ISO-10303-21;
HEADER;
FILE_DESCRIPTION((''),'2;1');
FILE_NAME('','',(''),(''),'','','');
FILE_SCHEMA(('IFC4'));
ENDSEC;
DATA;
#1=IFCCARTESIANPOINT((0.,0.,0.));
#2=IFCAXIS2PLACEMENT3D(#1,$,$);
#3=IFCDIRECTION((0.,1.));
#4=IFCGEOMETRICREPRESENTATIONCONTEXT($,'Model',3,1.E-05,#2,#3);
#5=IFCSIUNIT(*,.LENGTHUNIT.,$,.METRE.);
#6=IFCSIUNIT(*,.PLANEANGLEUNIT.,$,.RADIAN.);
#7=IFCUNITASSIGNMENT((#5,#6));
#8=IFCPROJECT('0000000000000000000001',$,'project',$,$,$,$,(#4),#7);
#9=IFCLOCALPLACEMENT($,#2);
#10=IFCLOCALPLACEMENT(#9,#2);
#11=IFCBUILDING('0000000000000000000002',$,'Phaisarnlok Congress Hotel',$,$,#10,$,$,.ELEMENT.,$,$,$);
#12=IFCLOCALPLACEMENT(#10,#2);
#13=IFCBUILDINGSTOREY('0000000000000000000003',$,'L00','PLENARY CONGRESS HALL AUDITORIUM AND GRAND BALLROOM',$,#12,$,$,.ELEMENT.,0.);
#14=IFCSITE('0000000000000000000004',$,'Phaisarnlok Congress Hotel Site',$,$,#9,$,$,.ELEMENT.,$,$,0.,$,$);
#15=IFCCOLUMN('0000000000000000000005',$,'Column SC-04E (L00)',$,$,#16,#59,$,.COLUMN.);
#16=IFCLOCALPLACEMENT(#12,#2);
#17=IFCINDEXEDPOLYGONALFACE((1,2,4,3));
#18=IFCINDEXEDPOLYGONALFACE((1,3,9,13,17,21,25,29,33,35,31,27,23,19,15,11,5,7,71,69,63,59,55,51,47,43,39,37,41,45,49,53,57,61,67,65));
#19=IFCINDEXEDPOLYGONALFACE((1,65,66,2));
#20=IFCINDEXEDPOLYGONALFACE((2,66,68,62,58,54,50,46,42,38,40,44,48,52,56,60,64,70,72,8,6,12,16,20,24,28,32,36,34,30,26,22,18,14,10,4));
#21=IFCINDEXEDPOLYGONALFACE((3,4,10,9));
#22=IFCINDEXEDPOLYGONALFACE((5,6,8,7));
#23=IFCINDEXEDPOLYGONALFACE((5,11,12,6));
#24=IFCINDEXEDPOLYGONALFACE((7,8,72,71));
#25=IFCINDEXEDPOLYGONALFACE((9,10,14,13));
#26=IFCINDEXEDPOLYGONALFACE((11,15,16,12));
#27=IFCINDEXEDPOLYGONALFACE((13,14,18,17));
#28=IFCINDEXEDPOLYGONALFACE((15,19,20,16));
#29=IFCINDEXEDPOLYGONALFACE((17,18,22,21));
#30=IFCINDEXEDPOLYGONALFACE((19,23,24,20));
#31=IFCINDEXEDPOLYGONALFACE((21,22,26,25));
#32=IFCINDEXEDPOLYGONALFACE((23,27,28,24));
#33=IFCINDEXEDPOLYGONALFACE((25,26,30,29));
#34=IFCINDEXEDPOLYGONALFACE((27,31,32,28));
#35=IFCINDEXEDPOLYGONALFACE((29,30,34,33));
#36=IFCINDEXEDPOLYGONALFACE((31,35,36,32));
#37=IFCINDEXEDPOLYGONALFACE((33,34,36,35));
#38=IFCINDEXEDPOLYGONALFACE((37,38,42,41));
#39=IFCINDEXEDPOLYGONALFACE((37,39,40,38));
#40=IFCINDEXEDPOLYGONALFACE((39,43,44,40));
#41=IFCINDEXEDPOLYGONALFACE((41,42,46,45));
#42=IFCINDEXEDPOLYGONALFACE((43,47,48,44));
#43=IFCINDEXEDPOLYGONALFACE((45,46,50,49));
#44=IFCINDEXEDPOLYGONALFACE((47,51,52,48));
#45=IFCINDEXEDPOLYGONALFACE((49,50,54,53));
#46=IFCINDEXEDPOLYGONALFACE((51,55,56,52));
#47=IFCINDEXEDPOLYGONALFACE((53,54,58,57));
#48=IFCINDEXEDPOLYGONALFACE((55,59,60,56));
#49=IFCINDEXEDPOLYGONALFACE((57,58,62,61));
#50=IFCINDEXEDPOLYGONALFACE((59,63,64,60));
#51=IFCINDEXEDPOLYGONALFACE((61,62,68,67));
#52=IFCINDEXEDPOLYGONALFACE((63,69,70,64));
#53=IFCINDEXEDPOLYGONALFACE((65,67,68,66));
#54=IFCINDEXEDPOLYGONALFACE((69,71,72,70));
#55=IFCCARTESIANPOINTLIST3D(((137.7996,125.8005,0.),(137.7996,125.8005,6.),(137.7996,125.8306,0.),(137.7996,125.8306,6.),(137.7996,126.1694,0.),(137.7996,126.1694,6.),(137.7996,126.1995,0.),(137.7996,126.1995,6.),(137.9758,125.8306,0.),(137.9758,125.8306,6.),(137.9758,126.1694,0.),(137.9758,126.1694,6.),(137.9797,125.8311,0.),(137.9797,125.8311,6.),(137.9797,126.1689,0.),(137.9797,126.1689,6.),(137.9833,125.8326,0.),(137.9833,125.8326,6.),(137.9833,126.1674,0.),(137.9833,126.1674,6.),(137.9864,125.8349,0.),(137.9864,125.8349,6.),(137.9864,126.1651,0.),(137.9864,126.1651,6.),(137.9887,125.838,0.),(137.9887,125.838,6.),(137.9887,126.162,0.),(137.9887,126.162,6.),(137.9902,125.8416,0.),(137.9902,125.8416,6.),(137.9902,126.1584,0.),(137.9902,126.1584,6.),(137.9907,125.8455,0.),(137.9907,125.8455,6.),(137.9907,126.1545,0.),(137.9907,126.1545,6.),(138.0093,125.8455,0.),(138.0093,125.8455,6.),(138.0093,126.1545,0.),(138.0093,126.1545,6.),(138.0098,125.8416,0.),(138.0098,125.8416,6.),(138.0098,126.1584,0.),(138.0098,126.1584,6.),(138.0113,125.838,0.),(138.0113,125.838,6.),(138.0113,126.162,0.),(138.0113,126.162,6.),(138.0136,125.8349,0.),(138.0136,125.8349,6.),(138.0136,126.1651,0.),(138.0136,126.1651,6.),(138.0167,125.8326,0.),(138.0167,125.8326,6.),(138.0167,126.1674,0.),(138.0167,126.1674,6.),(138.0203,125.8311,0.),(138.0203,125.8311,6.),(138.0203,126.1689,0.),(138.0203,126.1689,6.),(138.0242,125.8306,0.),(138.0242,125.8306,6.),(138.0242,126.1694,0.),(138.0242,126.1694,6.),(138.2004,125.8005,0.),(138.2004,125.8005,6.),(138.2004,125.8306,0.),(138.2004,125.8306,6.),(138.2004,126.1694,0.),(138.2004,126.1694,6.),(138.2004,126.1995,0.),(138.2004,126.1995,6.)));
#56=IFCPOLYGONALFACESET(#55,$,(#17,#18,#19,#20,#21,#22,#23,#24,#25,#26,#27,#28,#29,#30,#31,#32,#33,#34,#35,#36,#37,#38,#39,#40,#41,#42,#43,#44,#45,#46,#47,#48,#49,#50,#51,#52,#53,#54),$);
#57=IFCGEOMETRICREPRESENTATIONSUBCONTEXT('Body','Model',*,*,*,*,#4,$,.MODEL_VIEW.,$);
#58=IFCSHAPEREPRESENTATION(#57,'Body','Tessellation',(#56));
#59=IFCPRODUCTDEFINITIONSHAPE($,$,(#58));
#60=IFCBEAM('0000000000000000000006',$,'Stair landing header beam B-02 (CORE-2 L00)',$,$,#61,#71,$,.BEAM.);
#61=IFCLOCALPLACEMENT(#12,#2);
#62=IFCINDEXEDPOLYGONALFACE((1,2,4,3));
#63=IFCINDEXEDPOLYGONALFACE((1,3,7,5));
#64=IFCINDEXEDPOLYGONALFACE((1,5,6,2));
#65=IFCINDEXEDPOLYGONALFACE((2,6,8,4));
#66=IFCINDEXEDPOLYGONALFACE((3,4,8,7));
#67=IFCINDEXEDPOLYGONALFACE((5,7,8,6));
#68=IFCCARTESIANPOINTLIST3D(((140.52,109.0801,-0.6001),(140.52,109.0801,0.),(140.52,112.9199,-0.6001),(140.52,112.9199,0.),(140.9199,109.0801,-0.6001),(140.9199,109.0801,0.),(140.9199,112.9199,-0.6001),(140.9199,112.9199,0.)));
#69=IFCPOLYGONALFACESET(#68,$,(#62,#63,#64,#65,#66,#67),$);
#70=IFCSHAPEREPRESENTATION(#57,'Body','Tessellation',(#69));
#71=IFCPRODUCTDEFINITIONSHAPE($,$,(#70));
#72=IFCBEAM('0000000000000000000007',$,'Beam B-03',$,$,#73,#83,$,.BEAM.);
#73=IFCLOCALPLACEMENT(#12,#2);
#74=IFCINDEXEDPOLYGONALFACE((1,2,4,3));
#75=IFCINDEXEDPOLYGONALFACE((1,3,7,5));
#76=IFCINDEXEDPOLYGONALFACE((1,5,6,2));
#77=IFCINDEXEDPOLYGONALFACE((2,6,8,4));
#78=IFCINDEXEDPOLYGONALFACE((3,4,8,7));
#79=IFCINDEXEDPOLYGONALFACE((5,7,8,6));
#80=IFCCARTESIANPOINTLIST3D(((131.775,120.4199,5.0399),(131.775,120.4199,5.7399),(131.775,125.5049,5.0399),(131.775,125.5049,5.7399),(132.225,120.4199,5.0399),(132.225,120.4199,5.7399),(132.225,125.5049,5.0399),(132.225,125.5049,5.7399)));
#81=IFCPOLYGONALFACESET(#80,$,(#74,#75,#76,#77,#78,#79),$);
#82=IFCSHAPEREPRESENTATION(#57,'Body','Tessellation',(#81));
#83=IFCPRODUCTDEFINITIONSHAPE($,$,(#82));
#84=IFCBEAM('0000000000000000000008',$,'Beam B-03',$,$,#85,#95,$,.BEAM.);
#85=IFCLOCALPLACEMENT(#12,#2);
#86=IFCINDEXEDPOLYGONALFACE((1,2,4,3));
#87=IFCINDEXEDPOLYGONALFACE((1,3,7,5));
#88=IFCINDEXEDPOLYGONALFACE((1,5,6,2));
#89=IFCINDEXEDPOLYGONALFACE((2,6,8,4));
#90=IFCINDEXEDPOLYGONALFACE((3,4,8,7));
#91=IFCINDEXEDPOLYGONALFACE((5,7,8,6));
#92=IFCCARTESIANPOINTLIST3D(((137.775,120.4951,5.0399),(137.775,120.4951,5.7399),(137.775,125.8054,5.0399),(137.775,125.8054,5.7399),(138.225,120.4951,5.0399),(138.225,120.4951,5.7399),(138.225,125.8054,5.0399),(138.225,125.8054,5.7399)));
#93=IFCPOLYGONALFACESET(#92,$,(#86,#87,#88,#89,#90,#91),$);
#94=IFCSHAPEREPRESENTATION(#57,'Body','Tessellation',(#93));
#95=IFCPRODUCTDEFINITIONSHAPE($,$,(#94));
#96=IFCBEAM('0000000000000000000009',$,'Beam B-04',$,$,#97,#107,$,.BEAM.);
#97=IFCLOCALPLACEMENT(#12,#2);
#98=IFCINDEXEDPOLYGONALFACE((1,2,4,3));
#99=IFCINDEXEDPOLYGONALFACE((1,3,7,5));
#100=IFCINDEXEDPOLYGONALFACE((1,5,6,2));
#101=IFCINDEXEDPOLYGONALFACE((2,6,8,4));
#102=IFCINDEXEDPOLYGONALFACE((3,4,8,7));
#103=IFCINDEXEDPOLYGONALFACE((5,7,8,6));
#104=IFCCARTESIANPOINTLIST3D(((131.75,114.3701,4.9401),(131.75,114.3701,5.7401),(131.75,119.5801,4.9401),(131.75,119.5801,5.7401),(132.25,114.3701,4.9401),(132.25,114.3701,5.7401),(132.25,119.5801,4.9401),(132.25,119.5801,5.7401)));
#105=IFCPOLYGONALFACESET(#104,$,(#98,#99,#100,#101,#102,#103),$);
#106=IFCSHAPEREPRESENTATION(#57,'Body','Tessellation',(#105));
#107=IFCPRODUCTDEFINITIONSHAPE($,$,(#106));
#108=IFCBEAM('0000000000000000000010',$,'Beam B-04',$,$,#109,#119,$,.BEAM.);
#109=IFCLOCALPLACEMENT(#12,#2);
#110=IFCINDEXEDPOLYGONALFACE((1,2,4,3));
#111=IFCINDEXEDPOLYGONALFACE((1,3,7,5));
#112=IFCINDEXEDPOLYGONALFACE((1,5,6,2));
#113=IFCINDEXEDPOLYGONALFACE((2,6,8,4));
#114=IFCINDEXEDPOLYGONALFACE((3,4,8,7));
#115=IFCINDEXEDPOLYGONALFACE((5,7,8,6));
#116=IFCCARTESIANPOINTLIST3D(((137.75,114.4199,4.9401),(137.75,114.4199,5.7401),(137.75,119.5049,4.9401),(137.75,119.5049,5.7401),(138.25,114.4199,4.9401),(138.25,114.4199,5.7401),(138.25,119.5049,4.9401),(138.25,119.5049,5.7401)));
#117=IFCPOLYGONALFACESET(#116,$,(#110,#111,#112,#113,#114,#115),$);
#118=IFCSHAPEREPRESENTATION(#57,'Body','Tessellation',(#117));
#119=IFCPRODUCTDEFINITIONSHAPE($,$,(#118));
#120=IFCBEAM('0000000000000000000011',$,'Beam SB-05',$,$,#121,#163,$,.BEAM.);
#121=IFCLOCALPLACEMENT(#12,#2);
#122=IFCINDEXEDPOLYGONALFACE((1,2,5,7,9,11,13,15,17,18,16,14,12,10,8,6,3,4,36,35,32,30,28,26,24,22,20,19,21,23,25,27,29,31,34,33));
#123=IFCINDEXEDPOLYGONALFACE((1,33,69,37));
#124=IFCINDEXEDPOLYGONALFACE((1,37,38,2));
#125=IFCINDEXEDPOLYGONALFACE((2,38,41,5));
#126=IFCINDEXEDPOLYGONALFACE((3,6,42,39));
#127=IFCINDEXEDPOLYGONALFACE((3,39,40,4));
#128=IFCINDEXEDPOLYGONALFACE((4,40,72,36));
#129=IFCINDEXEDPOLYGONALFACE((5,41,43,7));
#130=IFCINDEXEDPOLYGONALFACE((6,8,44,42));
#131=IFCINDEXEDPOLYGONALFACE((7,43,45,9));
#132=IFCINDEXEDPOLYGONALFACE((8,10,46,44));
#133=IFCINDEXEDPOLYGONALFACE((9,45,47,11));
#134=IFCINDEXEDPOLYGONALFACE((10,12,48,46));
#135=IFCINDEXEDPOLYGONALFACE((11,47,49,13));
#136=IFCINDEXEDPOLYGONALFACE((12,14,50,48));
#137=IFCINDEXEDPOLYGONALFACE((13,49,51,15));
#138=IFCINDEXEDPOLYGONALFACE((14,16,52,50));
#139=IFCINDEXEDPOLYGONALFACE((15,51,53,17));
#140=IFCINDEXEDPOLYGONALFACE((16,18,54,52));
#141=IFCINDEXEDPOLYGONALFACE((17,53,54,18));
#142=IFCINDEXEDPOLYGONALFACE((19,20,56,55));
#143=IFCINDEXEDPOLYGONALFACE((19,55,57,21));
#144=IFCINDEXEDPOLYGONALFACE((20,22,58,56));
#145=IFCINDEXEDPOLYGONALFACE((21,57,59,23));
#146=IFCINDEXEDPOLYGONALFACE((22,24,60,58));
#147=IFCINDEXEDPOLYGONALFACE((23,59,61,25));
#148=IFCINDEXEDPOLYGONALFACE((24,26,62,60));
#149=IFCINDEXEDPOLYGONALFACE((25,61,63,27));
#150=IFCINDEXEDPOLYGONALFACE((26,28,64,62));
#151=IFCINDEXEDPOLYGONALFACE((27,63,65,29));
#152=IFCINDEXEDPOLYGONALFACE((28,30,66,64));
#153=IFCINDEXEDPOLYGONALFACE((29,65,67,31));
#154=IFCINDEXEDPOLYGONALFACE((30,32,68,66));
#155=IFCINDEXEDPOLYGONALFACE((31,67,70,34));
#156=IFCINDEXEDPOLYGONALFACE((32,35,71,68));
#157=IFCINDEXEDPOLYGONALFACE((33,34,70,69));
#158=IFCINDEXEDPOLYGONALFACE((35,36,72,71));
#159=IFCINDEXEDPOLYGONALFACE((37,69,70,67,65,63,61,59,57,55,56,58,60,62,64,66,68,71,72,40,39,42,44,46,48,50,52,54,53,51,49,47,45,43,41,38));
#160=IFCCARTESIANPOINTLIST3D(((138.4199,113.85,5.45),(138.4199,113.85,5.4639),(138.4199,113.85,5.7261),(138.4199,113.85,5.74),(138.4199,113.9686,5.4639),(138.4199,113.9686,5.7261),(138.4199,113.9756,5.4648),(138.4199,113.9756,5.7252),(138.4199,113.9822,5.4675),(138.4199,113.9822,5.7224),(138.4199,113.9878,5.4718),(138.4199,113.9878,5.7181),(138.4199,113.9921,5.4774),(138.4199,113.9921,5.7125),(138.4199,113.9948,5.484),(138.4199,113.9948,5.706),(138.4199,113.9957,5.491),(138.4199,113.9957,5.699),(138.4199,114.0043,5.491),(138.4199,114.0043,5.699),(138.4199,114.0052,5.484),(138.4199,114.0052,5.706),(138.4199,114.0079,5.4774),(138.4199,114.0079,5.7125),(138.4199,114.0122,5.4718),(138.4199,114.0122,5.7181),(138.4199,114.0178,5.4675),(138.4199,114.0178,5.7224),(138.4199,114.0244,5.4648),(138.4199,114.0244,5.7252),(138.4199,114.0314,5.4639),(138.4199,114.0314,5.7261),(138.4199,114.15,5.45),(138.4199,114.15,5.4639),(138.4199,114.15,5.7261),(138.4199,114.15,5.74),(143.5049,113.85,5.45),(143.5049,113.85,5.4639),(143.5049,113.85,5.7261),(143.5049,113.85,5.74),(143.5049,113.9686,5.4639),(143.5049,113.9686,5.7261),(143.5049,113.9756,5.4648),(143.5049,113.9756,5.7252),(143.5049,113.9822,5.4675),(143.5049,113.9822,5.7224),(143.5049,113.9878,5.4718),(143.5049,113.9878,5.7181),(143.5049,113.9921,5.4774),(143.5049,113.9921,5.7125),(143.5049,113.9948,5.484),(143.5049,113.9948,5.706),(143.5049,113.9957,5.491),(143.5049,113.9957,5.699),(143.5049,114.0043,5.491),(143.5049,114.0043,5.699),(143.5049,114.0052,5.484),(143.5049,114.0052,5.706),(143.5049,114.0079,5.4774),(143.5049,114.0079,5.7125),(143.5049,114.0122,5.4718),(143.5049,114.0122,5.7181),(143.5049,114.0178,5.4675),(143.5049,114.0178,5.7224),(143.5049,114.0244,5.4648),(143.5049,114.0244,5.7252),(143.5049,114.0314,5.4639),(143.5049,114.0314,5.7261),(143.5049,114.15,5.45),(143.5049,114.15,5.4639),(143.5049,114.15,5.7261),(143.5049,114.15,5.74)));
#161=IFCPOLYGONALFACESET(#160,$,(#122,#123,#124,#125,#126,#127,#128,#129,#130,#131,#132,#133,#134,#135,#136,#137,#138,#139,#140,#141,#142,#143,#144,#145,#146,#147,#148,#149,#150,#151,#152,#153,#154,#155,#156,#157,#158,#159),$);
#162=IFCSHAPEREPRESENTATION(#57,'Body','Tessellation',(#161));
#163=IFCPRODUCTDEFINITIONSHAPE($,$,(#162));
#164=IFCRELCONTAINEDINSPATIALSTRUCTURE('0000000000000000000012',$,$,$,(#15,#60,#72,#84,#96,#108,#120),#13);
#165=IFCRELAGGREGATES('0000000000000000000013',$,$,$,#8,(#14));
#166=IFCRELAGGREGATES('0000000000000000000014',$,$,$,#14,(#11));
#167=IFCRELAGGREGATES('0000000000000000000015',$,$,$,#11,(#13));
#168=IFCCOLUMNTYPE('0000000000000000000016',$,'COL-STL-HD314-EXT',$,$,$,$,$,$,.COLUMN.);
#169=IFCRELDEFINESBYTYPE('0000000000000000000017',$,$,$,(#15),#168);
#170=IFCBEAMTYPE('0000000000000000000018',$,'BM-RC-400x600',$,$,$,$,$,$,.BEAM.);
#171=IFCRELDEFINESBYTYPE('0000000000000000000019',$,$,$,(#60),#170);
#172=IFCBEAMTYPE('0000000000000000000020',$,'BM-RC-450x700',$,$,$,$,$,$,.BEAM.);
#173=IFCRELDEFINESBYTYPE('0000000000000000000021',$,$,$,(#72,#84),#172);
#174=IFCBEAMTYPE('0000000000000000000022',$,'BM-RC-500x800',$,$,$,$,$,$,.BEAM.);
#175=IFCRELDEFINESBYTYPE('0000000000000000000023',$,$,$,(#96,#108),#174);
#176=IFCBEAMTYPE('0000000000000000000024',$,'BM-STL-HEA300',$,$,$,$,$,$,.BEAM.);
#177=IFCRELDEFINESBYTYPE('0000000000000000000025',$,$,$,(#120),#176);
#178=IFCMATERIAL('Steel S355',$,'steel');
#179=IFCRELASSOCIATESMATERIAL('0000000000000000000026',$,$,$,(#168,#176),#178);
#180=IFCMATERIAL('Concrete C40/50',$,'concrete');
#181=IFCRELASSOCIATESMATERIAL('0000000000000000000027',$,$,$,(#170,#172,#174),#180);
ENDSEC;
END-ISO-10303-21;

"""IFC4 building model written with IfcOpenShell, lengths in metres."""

from ifc_helpers import new_model, si_unit, direction, frame, origin, origin_2d, place, context, subcontext, project, spatial, rectangle, i_section, extrude, material, material_profile, profile_set, type_object, element, save


model = new_model("IFC4")

# Units and contexts
model_context = context("Model", 3, precision=1e-05, world=origin(), true_north=direction((0.0, 1.0)))
body_context = subcontext(model_context, "Body", "Model", "MODEL_VIEW")
ifc_project = project(units=[si_unit("LENGTHUNIT", "METRE"), si_unit("PLANEANGLEUNIT", "RADIAN")], contexts=[model_context])

# Site, building, storey
site_placement = place(None, origin())
site = spatial("IfcSite", under=ifc_project, at=site_placement, Name="Phaisarnlok Congress Hotel Site", CompositionType="ELEMENT", RefElevation=0.0)
building_placement = place(site_placement, origin())
building = spatial("IfcBuilding", under=site, at=building_placement, Name="Phaisarnlok Congress Hotel", CompositionType="ELEMENT")
storey_placement = place(building_placement, origin())
storey = spatial("IfcBuildingStorey", under=building, at=storey_placement, Name="L00", Description="PLENARY CONGRESS HALL AUDITORIUM AND GRAND BALLROOM", CompositionType="ELEMENT", Elevation=0.0)

# Column
ifc_material_1 = material(Name="Steel S355", Category="steel")
ifc_material_profile_1 = material_profile(ifc_material_1, i_section(OverallWidth=0.4009, OverallDepth=0.3989, WebThickness=0.0186, FlangeThickness=0.03, FilletRadius=0.0149, at=origin_2d()), Name="HD 400x314")
ifc_profile_set_1 = profile_set([ifc_material_profile_1], Name="Steel S355")
column_type_1 = type_object("IfcColumnType", Name="COL-STL-HD314-EXT", PredefinedType="COLUMN", material=ifc_profile_set_1)
column_1_placement = place(storey_placement, frame((138.0, 126.0, 0.0), z_axis=(0.0, 0.0, 1.0), x_axis=(1.0, 0.0, 0.0)))
element("IfcColumn", 1, at=column_1_placement, inside=storey, type_object=column_type_1, Name="Column SC-04E (L00)", PredefinedType="COLUMN", context=body_context, shape_type="SweptSolid", body=[
    extrude(i_section(OverallWidth=0.4009, OverallDepth=0.3989, WebThickness=0.0186, FlangeThickness=0.03, FilletRadius=0.0149, at=origin_2d()), origin(), (0.0, 0.0, 1.0), 6.0),
])

# Beams
ifc_material_2 = material(Name="Concrete C40/50", Category="concrete")
ifc_material_profile_2 = material_profile(ifc_material_2, rectangle(XDim=0.3999, YDim=0.6001, at=origin_2d()), Name="RC 400x600")
ifc_profile_set_2 = profile_set([ifc_material_profile_2], Name="Concrete C40/50")
beam_type_1 = type_object("IfcBeamType", Name="BM-RC-400x600", PredefinedType="BEAM", material=ifc_profile_set_2)
beam_1_placement = place(storey_placement, frame((140.72, 109.0801, -0.3), z_axis=(0.0, 1.0, 0.0), x_axis=(-1.0, 0.0, 0.0)))
element("IfcBeam", 2, at=beam_1_placement, inside=storey, type_object=beam_type_1, Name="Stair landing header beam B-02 (CORE-2 L00)", PredefinedType="BEAM", context=body_context, shape_type="SweptSolid", body=[
    extrude(rectangle(XDim=0.3999, YDim=0.6001, at=origin_2d()), origin(), (0.0, 0.0, 1.0), 3.8398),
])
ifc_material_profile_3 = material_profile(ifc_material_2, rectangle(XDim=0.45, YDim=0.7, at=origin_2d()), Name="RC 450x700")
ifc_profile_set_3 = profile_set([ifc_material_profile_3], Name="Concrete C40/50")
beam_type_2 = type_object("IfcBeamType", Name="BM-RC-450x700", PredefinedType="BEAM", material=ifc_profile_set_3)
beam_2_placement = place(storey_placement, frame((132.0, 120.4199, 5.3899), z_axis=(0.0, 1.0, 0.0), x_axis=(-1.0, 0.0, 0.0)))
element("IfcBeam", 3, at=beam_2_placement, inside=storey, type_object=beam_type_2, Name="Beam B-03", PredefinedType="BEAM", context=body_context, shape_type="SweptSolid", body=[
    extrude(rectangle(XDim=0.45, YDim=0.7, at=origin_2d()), origin(), (0.0, 0.0, 1.0), 5.085),
])
beam_3_placement = place(storey_placement, frame((138.0, 120.4951, 5.3899), z_axis=(0.0, 1.0, 0.0), x_axis=(-1.0, 0.0, 0.0)))
element("IfcBeam", 4, at=beam_3_placement, inside=storey, type_object=beam_type_2, Name="Beam B-03", PredefinedType="BEAM", context=body_context, shape_type="SweptSolid", body=[
    extrude(rectangle(XDim=0.45, YDim=0.7, at=origin_2d()), origin(), (0.0, 0.0, 1.0), 5.3103),
])
ifc_material_profile_4 = material_profile(ifc_material_2, rectangle(XDim=0.5, YDim=0.8, at=origin_2d()), Name="RC 500x800")
ifc_profile_set_4 = profile_set([ifc_material_profile_4], Name="Concrete C40/50")
beam_type_3 = type_object("IfcBeamType", Name="BM-RC-500x800", PredefinedType="BEAM", material=ifc_profile_set_4)
beam_4_placement = place(storey_placement, frame((132.0, 114.3701, 5.3401), z_axis=(0.0, 1.0, 0.0), x_axis=(-1.0, 0.0, 0.0)))
element("IfcBeam", 5, at=beam_4_placement, inside=storey, type_object=beam_type_3, Name="Beam B-04", PredefinedType="BEAM", context=body_context, shape_type="SweptSolid", body=[
    extrude(rectangle(XDim=0.5, YDim=0.8, at=origin_2d()), origin(), (0.0, 0.0, 1.0), 5.21),
])
beam_5_placement = place(storey_placement, frame((138.0, 114.4199, 5.3401), z_axis=(0.0, 1.0, 0.0), x_axis=(-1.0, 0.0, 0.0)))
element("IfcBeam", 6, at=beam_5_placement, inside=storey, type_object=beam_type_3, Name="Beam B-04", PredefinedType="BEAM", context=body_context, shape_type="SweptSolid", body=[
    extrude(rectangle(XDim=0.5, YDim=0.8, at=origin_2d()), origin(), (0.0, 0.0, 1.0), 5.085),
])
ifc_material_profile_5 = material_profile(ifc_material_1, i_section(OverallWidth=0.3, OverallDepth=0.29, WebThickness=0.0085, FlangeThickness=0.0139, FilletRadius=0.0271, at=origin_2d()), Name="HEA 300")
ifc_profile_set_5 = profile_set([ifc_material_profile_5], Name="Steel S355")
beam_type_4 = type_object("IfcBeamType", Name="BM-STL-HEA300", PredefinedType="BEAM", material=ifc_profile_set_5)
beam_6_placement = place(storey_placement, frame((138.4199, 114.0, 5.595), z_axis=(1.0, 0.0, 0.0), x_axis=(0.0, 1.0, 0.0)))
element("IfcBeam", 7, at=beam_6_placement, inside=storey, type_object=beam_type_4, Name="Beam SB-05", PredefinedType="BEAM", context=body_context, shape_type="SweptSolid", body=[
    extrude(i_section(OverallWidth=0.3, OverallDepth=0.29, WebThickness=0.0085, FlangeThickness=0.0139, FilletRadius=0.0271, at=origin_2d()), origin(), (0.0, 0.0, 1.0), 5.085),
])

save(model, "model.ifc")
